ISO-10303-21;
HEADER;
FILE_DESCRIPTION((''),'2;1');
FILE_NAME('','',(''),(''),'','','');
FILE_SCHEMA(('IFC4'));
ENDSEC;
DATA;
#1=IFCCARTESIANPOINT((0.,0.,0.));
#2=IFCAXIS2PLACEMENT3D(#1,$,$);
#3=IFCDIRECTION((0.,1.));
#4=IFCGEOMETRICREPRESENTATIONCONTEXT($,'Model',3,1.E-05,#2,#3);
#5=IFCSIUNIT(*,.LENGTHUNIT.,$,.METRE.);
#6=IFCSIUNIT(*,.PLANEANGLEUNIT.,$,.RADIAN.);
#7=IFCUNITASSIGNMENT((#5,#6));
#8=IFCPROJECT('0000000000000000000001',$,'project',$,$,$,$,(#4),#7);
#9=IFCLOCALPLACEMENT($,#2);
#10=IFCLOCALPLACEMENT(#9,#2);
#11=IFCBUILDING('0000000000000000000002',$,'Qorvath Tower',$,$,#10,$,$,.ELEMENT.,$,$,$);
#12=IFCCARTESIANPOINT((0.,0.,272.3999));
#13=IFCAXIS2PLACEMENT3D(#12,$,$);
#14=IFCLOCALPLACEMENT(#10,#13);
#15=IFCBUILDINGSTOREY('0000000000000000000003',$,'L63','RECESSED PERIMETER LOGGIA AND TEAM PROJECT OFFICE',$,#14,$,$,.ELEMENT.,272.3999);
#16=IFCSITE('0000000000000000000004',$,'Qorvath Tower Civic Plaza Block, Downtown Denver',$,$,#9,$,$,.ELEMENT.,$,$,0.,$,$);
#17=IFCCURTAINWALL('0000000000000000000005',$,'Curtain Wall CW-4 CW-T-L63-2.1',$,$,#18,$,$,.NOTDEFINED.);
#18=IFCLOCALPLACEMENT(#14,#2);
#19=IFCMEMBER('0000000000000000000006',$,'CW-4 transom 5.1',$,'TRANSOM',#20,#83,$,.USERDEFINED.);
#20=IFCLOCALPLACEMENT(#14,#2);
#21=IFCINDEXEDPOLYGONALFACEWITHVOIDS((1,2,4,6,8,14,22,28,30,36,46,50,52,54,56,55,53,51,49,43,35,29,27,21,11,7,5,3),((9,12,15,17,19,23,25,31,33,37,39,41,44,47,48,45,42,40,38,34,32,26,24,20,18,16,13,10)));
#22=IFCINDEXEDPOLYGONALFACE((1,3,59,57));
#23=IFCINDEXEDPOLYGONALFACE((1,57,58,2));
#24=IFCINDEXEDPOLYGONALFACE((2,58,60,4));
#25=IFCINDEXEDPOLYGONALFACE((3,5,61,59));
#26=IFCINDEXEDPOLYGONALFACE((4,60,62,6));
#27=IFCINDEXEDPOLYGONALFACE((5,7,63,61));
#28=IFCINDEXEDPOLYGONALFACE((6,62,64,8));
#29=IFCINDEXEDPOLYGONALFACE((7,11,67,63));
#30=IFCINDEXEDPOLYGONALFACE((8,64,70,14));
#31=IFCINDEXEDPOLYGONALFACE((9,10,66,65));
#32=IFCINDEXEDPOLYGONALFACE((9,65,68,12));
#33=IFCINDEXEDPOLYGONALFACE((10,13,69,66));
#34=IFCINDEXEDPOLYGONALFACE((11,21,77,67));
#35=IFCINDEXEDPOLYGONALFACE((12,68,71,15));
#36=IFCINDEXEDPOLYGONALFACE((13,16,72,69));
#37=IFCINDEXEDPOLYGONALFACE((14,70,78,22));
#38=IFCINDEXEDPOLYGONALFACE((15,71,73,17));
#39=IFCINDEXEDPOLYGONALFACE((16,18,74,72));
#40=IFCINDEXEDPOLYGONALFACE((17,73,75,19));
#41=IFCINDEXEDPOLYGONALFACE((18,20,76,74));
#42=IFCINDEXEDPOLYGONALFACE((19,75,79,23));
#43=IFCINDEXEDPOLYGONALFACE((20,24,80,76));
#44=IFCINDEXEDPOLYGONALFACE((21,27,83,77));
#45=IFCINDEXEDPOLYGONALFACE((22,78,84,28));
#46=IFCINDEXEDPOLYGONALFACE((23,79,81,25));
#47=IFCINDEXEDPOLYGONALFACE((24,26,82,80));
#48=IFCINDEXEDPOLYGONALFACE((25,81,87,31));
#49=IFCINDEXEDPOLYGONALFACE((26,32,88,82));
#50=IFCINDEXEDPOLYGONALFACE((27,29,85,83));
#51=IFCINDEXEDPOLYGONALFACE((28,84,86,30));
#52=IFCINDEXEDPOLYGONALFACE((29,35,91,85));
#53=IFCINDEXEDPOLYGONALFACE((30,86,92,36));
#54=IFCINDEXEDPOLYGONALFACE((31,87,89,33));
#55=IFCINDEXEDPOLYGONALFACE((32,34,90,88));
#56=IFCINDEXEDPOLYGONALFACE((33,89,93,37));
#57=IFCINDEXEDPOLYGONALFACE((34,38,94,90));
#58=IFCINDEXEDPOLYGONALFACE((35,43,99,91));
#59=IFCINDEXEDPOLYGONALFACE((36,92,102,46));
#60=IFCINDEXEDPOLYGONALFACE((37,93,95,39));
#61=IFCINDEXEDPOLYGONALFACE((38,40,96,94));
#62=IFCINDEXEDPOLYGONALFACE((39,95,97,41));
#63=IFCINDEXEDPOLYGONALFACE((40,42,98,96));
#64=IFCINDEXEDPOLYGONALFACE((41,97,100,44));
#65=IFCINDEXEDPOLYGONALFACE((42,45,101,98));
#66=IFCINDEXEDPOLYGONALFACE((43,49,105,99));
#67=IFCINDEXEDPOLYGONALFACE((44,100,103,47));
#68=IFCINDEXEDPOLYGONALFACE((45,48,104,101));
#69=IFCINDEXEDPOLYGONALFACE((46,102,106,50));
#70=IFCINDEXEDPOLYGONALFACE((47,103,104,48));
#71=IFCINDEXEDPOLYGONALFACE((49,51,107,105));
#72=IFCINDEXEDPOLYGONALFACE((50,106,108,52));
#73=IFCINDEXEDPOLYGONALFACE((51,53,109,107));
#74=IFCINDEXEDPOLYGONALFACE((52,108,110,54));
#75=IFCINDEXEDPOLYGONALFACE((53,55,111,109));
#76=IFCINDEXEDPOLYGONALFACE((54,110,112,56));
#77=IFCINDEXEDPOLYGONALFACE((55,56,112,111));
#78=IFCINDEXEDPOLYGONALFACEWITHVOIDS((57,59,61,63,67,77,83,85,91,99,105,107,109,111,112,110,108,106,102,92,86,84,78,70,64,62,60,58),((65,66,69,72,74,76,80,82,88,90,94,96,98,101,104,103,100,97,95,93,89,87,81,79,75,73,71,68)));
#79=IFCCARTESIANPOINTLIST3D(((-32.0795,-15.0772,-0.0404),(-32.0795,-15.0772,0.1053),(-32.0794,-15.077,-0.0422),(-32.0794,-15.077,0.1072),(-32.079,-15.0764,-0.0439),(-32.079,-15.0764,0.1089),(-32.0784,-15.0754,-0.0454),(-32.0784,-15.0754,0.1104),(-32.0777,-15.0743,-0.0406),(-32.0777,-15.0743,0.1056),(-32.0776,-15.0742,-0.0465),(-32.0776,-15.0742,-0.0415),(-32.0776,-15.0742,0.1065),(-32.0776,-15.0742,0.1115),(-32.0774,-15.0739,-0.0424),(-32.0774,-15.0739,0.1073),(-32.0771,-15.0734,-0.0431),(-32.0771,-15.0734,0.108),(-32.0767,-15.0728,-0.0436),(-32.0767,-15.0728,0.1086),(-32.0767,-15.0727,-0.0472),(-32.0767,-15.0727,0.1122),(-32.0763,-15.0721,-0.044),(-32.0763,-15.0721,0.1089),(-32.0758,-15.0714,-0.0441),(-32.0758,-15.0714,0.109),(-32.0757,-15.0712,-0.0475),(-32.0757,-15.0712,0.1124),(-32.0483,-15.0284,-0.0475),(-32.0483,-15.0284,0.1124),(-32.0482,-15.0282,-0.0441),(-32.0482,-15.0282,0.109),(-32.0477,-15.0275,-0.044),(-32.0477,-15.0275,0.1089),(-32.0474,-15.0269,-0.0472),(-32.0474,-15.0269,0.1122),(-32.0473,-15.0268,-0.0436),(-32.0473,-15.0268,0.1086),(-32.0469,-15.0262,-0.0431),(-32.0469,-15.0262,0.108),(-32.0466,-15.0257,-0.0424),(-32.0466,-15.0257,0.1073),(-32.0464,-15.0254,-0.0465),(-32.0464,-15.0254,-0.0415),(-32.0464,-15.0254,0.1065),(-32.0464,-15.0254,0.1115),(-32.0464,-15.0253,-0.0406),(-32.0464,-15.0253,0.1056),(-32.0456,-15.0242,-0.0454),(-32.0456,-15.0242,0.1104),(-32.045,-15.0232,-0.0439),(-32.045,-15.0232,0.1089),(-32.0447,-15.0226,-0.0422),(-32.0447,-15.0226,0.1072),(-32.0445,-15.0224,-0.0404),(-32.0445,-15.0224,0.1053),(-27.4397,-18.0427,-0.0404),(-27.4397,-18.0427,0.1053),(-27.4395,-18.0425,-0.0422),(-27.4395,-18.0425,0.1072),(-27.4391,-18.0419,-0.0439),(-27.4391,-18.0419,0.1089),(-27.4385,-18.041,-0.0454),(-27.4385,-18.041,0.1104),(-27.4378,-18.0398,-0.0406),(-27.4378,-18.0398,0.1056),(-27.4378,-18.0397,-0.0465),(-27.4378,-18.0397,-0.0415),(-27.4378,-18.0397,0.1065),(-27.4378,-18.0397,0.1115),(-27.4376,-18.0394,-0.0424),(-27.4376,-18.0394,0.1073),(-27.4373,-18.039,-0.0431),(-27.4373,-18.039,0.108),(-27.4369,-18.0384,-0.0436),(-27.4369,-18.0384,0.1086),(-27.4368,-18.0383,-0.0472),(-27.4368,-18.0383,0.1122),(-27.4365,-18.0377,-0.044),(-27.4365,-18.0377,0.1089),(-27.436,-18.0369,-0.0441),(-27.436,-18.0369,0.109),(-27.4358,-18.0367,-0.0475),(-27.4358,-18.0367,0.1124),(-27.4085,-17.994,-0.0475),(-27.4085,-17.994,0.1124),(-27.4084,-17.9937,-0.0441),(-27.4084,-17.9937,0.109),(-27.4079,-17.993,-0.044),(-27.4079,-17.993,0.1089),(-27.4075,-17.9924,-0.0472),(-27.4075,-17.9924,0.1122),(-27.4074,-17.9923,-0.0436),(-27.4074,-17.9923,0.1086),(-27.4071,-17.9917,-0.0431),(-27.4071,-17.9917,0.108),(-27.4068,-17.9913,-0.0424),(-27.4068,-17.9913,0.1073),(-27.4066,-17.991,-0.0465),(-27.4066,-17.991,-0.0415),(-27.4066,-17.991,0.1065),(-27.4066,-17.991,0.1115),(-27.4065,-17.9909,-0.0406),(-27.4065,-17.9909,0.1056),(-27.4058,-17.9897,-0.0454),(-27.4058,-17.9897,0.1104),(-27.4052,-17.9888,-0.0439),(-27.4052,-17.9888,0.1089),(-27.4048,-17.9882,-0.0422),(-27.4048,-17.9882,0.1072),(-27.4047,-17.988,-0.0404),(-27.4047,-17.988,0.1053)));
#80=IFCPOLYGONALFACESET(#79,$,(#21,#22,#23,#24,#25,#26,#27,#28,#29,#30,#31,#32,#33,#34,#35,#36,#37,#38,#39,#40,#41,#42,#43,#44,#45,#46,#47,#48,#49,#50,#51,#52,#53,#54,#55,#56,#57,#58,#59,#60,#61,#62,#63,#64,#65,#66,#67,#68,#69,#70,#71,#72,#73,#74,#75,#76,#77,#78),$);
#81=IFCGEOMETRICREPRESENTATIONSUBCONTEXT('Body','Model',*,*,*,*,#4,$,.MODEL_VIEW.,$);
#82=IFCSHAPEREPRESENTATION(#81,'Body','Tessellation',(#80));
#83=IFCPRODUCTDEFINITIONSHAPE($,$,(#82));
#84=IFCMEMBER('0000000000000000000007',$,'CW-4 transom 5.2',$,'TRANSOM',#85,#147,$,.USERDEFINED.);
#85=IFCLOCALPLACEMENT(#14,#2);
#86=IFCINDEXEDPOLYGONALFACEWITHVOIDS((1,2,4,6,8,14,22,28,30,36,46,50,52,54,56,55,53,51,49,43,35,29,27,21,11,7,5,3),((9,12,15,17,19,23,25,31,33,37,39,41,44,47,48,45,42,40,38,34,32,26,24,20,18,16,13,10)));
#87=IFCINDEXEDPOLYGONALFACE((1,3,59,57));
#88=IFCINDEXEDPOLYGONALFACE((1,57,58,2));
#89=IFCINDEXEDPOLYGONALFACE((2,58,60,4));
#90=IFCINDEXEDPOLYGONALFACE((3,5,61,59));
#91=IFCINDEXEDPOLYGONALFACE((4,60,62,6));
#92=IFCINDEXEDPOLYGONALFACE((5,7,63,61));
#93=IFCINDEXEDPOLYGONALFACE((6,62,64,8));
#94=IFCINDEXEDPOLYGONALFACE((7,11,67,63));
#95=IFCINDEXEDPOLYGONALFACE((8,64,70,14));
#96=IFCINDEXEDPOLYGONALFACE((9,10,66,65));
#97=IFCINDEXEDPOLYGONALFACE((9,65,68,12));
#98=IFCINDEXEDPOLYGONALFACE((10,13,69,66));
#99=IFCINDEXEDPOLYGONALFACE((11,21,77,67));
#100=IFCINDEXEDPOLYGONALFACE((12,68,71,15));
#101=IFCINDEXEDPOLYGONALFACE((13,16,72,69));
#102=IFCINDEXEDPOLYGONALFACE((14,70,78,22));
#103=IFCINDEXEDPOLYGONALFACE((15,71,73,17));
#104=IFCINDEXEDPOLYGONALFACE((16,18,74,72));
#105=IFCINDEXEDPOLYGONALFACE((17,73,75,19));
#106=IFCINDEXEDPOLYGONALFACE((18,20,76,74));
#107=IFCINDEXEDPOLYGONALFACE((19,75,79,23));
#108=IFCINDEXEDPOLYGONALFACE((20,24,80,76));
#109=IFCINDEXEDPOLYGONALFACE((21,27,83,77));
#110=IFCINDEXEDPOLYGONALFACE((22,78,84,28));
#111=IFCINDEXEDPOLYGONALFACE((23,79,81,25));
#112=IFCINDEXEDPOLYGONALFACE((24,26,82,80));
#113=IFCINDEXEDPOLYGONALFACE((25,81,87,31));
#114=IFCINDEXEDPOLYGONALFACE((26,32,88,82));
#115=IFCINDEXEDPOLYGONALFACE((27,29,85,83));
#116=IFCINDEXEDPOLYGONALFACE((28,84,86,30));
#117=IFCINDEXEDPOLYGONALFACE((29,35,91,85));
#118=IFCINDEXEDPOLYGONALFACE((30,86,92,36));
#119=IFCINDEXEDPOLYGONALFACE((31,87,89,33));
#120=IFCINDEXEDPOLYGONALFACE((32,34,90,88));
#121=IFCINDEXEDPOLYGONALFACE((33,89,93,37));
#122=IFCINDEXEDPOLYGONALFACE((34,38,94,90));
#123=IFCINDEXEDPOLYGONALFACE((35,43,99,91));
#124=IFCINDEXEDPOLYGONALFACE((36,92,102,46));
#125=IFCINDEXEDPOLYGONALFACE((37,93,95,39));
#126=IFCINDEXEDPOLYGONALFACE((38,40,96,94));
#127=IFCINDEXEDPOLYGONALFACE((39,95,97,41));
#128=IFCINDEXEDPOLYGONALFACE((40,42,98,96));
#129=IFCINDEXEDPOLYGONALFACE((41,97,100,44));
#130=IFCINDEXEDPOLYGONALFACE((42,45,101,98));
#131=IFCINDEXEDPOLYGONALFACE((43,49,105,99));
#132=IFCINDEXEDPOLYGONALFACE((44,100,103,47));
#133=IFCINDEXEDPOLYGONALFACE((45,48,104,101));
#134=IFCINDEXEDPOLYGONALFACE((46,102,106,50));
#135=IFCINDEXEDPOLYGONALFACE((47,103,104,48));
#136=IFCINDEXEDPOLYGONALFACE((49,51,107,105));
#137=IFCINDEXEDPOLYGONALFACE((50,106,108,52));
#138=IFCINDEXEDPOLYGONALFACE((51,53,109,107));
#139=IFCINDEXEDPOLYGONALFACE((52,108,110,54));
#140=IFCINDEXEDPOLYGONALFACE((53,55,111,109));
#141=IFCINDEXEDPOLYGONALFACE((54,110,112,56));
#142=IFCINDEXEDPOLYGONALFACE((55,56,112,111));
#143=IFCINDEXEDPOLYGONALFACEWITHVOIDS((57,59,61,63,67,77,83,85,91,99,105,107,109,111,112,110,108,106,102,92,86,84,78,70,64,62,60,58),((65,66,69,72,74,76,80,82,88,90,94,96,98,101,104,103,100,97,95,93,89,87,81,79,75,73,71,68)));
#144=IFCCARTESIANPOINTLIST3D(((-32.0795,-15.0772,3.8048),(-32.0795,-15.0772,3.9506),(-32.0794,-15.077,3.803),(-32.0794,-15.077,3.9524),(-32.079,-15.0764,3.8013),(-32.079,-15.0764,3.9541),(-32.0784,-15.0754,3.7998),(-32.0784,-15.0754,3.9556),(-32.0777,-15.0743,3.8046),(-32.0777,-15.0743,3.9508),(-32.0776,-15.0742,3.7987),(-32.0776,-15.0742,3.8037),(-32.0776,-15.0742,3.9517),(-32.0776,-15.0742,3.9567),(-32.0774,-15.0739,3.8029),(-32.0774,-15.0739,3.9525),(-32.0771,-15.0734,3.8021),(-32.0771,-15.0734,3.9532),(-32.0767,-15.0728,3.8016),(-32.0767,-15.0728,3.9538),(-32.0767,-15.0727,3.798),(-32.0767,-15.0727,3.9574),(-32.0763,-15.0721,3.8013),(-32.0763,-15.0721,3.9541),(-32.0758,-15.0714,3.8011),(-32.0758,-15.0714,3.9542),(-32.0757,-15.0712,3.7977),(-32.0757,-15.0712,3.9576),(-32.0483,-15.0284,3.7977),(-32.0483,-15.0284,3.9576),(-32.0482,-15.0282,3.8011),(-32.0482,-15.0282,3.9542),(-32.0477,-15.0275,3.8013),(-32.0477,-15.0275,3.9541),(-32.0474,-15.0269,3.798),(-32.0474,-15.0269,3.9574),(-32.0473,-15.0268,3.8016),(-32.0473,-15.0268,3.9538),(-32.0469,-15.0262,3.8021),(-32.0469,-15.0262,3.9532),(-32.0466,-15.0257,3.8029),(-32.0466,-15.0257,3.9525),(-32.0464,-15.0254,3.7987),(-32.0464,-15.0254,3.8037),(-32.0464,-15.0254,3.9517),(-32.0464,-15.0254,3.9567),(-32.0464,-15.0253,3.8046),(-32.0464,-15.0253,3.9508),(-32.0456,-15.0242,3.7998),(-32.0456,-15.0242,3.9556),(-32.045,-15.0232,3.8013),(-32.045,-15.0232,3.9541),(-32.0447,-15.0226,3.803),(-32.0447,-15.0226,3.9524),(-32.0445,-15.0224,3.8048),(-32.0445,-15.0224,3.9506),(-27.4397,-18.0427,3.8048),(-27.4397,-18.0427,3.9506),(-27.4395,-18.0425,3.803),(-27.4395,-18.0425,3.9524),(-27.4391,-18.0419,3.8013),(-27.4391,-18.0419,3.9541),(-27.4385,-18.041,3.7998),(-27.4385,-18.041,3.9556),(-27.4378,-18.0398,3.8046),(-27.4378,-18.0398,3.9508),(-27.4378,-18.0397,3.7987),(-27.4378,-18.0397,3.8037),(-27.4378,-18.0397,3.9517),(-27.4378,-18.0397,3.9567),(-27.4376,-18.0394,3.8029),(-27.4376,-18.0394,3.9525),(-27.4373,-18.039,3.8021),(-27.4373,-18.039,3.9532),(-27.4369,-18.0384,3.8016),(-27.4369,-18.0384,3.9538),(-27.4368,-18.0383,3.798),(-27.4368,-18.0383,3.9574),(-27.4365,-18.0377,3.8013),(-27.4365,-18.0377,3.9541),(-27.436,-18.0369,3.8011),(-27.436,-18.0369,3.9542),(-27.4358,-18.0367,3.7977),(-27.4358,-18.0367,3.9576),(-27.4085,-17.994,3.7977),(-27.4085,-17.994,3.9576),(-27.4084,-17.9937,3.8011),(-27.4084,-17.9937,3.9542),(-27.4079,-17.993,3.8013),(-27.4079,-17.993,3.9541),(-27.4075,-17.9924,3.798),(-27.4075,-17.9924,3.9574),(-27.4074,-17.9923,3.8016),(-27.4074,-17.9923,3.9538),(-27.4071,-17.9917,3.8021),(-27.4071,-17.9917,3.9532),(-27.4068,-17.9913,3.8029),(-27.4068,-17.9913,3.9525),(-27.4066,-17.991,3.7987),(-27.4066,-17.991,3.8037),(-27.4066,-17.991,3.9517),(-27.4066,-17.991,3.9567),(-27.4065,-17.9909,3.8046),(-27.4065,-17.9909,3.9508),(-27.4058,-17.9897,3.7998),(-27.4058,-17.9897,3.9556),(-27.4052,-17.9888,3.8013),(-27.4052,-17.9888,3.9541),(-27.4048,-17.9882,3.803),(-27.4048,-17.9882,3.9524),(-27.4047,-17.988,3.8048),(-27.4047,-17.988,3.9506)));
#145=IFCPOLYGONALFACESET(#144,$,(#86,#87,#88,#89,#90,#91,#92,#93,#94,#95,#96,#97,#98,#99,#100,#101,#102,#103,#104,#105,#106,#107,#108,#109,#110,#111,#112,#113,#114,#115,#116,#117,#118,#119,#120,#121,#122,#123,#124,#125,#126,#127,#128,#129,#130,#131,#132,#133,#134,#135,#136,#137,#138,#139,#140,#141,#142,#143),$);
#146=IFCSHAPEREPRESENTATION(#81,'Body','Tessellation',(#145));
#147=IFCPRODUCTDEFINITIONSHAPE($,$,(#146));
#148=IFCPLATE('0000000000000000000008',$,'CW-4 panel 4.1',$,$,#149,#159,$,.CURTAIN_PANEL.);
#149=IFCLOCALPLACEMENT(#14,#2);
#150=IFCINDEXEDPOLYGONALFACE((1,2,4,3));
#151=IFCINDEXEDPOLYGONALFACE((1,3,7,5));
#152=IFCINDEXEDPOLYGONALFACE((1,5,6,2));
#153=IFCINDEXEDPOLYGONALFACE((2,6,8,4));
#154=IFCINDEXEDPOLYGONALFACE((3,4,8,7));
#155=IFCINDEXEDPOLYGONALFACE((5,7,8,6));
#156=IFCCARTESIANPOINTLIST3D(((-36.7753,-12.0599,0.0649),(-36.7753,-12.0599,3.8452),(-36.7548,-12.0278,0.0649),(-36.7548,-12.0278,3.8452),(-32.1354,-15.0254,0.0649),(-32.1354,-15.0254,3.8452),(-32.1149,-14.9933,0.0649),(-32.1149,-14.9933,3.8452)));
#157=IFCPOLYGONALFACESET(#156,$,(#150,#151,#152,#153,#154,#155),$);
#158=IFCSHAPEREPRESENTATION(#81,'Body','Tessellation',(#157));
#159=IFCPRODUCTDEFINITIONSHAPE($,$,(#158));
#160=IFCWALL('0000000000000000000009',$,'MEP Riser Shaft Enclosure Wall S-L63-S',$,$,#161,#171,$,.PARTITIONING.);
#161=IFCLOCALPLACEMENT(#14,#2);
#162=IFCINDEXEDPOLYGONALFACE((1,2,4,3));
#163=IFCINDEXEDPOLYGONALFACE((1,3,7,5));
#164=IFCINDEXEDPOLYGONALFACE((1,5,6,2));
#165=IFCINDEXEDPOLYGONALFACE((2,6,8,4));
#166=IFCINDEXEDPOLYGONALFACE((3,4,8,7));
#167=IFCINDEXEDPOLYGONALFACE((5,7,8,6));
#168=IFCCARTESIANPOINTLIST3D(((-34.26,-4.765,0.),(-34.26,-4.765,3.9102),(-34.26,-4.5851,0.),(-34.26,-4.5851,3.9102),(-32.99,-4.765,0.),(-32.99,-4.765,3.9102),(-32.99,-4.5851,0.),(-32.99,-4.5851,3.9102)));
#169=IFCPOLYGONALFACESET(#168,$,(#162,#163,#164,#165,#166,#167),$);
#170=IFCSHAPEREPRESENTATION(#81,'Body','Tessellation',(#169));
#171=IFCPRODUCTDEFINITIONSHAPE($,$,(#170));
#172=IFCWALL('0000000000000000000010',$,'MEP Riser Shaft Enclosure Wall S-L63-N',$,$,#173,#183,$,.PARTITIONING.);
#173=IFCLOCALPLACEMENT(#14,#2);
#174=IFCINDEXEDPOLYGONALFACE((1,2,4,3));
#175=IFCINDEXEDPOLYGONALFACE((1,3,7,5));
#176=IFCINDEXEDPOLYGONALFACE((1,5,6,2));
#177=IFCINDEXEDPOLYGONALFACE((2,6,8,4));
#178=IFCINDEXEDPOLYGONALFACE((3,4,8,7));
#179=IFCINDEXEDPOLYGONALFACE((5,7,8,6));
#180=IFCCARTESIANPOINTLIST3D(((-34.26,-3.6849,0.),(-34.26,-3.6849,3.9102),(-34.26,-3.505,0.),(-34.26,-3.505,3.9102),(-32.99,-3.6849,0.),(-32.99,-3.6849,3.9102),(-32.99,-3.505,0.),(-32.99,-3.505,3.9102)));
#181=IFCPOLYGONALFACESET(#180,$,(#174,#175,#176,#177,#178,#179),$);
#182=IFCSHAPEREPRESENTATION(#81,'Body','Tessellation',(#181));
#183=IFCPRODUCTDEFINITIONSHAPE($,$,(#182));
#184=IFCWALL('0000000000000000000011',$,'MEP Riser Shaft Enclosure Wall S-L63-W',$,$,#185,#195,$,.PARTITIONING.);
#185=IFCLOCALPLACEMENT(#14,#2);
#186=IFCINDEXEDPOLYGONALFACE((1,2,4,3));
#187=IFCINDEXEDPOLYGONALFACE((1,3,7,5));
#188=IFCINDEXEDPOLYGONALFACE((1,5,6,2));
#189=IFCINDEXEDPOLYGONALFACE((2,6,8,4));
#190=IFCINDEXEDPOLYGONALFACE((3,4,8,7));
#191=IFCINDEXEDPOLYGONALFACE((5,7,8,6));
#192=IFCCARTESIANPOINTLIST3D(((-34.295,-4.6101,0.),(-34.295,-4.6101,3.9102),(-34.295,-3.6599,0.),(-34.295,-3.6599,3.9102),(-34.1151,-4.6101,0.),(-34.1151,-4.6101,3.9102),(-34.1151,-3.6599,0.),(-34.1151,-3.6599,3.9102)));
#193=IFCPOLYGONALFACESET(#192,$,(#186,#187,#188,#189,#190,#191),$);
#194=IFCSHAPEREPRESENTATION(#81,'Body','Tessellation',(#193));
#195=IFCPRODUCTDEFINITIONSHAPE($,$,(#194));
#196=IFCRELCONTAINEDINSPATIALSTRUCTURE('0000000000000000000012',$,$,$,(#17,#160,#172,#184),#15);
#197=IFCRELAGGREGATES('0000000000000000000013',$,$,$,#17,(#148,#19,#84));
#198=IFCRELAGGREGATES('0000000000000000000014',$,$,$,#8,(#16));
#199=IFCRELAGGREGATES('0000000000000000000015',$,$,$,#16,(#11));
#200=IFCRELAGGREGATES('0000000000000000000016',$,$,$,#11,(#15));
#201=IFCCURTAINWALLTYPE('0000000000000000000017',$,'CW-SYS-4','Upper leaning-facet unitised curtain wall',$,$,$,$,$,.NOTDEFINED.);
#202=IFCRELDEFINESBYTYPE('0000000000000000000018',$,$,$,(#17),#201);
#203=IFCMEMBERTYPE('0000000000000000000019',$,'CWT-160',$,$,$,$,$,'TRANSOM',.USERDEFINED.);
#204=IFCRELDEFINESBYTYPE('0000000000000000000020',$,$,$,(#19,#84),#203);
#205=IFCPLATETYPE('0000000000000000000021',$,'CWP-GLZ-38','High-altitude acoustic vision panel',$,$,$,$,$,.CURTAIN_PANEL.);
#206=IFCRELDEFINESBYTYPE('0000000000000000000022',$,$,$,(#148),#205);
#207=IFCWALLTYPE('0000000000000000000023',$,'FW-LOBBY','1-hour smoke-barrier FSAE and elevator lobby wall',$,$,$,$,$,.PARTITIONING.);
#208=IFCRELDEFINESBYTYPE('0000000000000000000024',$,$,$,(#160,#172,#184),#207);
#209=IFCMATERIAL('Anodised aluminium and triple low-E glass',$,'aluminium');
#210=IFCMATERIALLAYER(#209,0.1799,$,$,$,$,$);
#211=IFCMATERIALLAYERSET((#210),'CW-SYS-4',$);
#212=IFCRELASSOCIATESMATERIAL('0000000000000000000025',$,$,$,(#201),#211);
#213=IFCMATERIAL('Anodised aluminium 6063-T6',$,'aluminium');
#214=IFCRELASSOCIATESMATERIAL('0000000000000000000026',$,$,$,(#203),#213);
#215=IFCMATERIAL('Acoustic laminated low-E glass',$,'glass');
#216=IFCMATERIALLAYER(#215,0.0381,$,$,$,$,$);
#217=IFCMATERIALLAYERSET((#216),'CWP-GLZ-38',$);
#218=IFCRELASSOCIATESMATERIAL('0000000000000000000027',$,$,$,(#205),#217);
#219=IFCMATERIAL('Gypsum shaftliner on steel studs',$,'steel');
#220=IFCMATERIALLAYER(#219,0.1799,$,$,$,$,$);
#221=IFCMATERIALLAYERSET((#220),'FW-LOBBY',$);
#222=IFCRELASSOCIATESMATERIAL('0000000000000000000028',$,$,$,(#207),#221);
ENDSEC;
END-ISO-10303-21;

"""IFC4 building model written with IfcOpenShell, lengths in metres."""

from ifc_helpers import new_model, si_unit, direction, frame, frame_2d, origin, origin_2d, place, context, subcontext, project, spatial, rectangle, hollow_rectangle, extrude, material, layer, layer_set, material_profile, profile_set, type_object, element, aggregate, save


model = new_model("IFC4")

# Units and contexts
model_context = context("Model", 3, precision=1e-05, world=origin(), true_north=direction((0.0, 1.0)))
body_context = subcontext(model_context, "Body", "Model", "MODEL_VIEW")
ifc_project = project(units=[si_unit("LENGTHUNIT", "METRE"), si_unit("PLANEANGLEUNIT", "RADIAN")], contexts=[model_context])

# Site, building, storey
site_placement = place(None, origin())
site = spatial("IfcSite", under=ifc_project, at=site_placement, Name="Qorvath Tower Civic Plaza Block, Downtown Denver", CompositionType="ELEMENT", RefElevation=0.0)
building_placement = place(site_placement, origin())
building = spatial("IfcBuilding", under=site, at=building_placement, Name="Qorvath Tower", CompositionType="ELEMENT")
storey_placement = place(building_placement, frame((0.0, 0.0, 272.3999)))
storey = spatial("IfcBuildingStorey", under=building, at=storey_placement, Name="L63", Description="RECESSED PERIMETER LOGGIA AND TEAM PROJECT OFFICE", CompositionType="ELEMENT", Elevation=272.3999)

# Curtain wall, members, plate
ifc_material_1 = material(Name="Anodised aluminium and triple low-E glass", Category="aluminium")
ifc_layer_1 = layer(ifc_material_1, 0.1799)
ifc_layer_set_1 = layer_set([ifc_layer_1], Name="CW-SYS-4")
curtain_wall_type = type_object("IfcCurtainWallType", Name="CW-SYS-4", Description="Upper leaning-facet unitised curtain wall", PredefinedType="NOTDEFINED", material=ifc_layer_set_1)
curtain_wall_placement = place(storey_placement, origin())
curtain_wall = element("IfcCurtainWall", 1, at=curtain_wall_placement, inside=storey, type_object=curtain_wall_type, Name="Curtain Wall CW-4 CW-T-L63-2.1", PredefinedType="NOTDEFINED")
ifc_material_2 = material(Name="Anodised aluminium 6063-T6", Category="aluminium")
ifc_material_profile_1 = material_profile(ifc_material_2, hollow_rectangle(XDim=0.0649, YDim=0.1599, WallThickness=0.0034, InnerFilletRadius=0.0034, OuterFilletRadius=0.0071, at=origin_2d()), Name="CWT 160x65")
ifc_profile_set_1 = profile_set([ifc_material_profile_1], Name="Anodised aluminium 6063-T6")
member_type_1 = type_object("IfcMemberType", Name="CWT-160", ElementType="TRANSOM", PredefinedType="USERDEFINED", material=ifc_profile_set_1)
member_1_placement = place(storey_placement, frame((-32.062, -15.0498, 0.0325), z_axis=(0.842597, -0.538544, 0.0), x_axis=(0.538544, 0.842597, 0.0)))
member_1 = element("IfcMember", 2, at=member_1_placement, type_object=member_type_1, Name="CW-4 transom 5.1", ObjectType="TRANSOM", PredefinedType="USERDEFINED", context=body_context, shape_type="SweptSolid", body=[
    extrude(hollow_rectangle(XDim=0.0649, YDim=0.1599, WallThickness=0.0034, InnerFilletRadius=0.0034, OuterFilletRadius=0.0071, at=origin_2d()), origin(), (0.0, 0.0, 1.0), 5.5066),
])
member_2_placement = place(storey_placement, frame((-32.062, -15.0498, 3.8777), z_axis=(0.842597, -0.538544, 0.0), x_axis=(0.538544, 0.842597, 0.0)))
member_2 = element("IfcMember", 3, at=member_2_placement, type_object=member_type_1, Name="CW-4 transom 5.2", ObjectType="TRANSOM", PredefinedType="USERDEFINED", context=body_context, shape_type="SweptSolid", body=[
    extrude(hollow_rectangle(XDim=0.0649, YDim=0.1599, WallThickness=0.0034, InnerFilletRadius=0.0034, OuterFilletRadius=0.0071, at=origin_2d()), origin(), (0.0, 0.0, 1.0), 5.5066),
])
ifc_material_3 = material(Name="Acoustic laminated low-E glass", Category="glass")
ifc_layer_2 = layer(ifc_material_3, 0.0381)
ifc_layer_set_2 = layer_set([ifc_layer_2], Name="CWP-GLZ-38")
plate_type = type_object("IfcPlateType", Name="CWP-GLZ-38", Description="High-altitude acoustic vision panel", PredefinedType="CURTAIN_PANEL", material=ifc_layer_set_2)
plate_placement = place(storey_placement, frame((-34.4451, -13.5266, 0.0649), z_axis=(0.0, 0.0, 1.0), x_axis=(0.842604, -0.538534, 0.0)))
plate = element("IfcPlate", 4, at=plate_placement, type_object=plate_type, Name="CW-4 panel 4.1", PredefinedType="CURTAIN_PANEL", context=body_context, shape_type="SweptSolid", body=[
    extrude(rectangle(XDim=5.5066, YDim=0.0381, at=origin_2d()), origin(), (0.0, 0.0, 1.0), 3.7803),
])
aggregate(curtain_wall, [plate, member_1, member_2])

# Walls
ifc_material_4 = material(Name="Gypsum shaftliner on steel studs", Category="steel")
ifc_layer_3 = layer(ifc_material_4, 0.1799)
ifc_layer_set_3 = layer_set([ifc_layer_3], Name="FW-LOBBY")
wall_type_1 = type_object("IfcWallType", Name="FW-LOBBY", Description="1-hour smoke-barrier FSAE and elevator lobby wall", PredefinedType="PARTITIONING", material=ifc_layer_set_3)
for number, where, z_axis, x_axis, name in (
    (5, (-32.99, -4.675, 0.0), (0.0, 0.0, 1.0), (-1.0, 0.0, 0.0), "MEP Riser Shaft Enclosure Wall S-L63-S"),
    (6, (-34.26, -3.595, 0.0), (0.0, 0.0, 1.0), (1.0, 0.0, 0.0), "MEP Riser Shaft Enclosure Wall S-L63-N"),
):
    element("IfcWall", number, at=place(storey_placement, frame(where, z_axis=z_axis, x_axis=x_axis)), inside=storey, type_object=wall_type_1, Name=name, PredefinedType="PARTITIONING", context=body_context, shape_type="SweptSolid", body=[
        extrude(rectangle(XDim=1.27, YDim=0.1799, at=frame_2d((0.635, 0.0))), origin(), (0.0, 0.0, 1.0), 3.9102),
    ])
for number, where, z_axis, x_axis, name in (
    (7, (-34.2051, -4.6101, 0.0), (0.0, 0.0, 1.0), (0.0, 1.0, 0.0), "MEP Riser Shaft Enclosure Wall S-L63-W"),
):
    element("IfcWall", number, at=place(storey_placement, frame(where, z_axis=z_axis, x_axis=x_axis)), inside=storey, type_object=wall_type_1, Name=name, PredefinedType="PARTITIONING", context=body_context, shape_type="SweptSolid", body=[
        extrude(rectangle(XDim=0.9502, YDim=0.1799, at=frame_2d((0.4751, 0.0))), origin(), (0.0, 0.0, 1.0), 3.9102),
    ])

save(model, "model.ifc")
